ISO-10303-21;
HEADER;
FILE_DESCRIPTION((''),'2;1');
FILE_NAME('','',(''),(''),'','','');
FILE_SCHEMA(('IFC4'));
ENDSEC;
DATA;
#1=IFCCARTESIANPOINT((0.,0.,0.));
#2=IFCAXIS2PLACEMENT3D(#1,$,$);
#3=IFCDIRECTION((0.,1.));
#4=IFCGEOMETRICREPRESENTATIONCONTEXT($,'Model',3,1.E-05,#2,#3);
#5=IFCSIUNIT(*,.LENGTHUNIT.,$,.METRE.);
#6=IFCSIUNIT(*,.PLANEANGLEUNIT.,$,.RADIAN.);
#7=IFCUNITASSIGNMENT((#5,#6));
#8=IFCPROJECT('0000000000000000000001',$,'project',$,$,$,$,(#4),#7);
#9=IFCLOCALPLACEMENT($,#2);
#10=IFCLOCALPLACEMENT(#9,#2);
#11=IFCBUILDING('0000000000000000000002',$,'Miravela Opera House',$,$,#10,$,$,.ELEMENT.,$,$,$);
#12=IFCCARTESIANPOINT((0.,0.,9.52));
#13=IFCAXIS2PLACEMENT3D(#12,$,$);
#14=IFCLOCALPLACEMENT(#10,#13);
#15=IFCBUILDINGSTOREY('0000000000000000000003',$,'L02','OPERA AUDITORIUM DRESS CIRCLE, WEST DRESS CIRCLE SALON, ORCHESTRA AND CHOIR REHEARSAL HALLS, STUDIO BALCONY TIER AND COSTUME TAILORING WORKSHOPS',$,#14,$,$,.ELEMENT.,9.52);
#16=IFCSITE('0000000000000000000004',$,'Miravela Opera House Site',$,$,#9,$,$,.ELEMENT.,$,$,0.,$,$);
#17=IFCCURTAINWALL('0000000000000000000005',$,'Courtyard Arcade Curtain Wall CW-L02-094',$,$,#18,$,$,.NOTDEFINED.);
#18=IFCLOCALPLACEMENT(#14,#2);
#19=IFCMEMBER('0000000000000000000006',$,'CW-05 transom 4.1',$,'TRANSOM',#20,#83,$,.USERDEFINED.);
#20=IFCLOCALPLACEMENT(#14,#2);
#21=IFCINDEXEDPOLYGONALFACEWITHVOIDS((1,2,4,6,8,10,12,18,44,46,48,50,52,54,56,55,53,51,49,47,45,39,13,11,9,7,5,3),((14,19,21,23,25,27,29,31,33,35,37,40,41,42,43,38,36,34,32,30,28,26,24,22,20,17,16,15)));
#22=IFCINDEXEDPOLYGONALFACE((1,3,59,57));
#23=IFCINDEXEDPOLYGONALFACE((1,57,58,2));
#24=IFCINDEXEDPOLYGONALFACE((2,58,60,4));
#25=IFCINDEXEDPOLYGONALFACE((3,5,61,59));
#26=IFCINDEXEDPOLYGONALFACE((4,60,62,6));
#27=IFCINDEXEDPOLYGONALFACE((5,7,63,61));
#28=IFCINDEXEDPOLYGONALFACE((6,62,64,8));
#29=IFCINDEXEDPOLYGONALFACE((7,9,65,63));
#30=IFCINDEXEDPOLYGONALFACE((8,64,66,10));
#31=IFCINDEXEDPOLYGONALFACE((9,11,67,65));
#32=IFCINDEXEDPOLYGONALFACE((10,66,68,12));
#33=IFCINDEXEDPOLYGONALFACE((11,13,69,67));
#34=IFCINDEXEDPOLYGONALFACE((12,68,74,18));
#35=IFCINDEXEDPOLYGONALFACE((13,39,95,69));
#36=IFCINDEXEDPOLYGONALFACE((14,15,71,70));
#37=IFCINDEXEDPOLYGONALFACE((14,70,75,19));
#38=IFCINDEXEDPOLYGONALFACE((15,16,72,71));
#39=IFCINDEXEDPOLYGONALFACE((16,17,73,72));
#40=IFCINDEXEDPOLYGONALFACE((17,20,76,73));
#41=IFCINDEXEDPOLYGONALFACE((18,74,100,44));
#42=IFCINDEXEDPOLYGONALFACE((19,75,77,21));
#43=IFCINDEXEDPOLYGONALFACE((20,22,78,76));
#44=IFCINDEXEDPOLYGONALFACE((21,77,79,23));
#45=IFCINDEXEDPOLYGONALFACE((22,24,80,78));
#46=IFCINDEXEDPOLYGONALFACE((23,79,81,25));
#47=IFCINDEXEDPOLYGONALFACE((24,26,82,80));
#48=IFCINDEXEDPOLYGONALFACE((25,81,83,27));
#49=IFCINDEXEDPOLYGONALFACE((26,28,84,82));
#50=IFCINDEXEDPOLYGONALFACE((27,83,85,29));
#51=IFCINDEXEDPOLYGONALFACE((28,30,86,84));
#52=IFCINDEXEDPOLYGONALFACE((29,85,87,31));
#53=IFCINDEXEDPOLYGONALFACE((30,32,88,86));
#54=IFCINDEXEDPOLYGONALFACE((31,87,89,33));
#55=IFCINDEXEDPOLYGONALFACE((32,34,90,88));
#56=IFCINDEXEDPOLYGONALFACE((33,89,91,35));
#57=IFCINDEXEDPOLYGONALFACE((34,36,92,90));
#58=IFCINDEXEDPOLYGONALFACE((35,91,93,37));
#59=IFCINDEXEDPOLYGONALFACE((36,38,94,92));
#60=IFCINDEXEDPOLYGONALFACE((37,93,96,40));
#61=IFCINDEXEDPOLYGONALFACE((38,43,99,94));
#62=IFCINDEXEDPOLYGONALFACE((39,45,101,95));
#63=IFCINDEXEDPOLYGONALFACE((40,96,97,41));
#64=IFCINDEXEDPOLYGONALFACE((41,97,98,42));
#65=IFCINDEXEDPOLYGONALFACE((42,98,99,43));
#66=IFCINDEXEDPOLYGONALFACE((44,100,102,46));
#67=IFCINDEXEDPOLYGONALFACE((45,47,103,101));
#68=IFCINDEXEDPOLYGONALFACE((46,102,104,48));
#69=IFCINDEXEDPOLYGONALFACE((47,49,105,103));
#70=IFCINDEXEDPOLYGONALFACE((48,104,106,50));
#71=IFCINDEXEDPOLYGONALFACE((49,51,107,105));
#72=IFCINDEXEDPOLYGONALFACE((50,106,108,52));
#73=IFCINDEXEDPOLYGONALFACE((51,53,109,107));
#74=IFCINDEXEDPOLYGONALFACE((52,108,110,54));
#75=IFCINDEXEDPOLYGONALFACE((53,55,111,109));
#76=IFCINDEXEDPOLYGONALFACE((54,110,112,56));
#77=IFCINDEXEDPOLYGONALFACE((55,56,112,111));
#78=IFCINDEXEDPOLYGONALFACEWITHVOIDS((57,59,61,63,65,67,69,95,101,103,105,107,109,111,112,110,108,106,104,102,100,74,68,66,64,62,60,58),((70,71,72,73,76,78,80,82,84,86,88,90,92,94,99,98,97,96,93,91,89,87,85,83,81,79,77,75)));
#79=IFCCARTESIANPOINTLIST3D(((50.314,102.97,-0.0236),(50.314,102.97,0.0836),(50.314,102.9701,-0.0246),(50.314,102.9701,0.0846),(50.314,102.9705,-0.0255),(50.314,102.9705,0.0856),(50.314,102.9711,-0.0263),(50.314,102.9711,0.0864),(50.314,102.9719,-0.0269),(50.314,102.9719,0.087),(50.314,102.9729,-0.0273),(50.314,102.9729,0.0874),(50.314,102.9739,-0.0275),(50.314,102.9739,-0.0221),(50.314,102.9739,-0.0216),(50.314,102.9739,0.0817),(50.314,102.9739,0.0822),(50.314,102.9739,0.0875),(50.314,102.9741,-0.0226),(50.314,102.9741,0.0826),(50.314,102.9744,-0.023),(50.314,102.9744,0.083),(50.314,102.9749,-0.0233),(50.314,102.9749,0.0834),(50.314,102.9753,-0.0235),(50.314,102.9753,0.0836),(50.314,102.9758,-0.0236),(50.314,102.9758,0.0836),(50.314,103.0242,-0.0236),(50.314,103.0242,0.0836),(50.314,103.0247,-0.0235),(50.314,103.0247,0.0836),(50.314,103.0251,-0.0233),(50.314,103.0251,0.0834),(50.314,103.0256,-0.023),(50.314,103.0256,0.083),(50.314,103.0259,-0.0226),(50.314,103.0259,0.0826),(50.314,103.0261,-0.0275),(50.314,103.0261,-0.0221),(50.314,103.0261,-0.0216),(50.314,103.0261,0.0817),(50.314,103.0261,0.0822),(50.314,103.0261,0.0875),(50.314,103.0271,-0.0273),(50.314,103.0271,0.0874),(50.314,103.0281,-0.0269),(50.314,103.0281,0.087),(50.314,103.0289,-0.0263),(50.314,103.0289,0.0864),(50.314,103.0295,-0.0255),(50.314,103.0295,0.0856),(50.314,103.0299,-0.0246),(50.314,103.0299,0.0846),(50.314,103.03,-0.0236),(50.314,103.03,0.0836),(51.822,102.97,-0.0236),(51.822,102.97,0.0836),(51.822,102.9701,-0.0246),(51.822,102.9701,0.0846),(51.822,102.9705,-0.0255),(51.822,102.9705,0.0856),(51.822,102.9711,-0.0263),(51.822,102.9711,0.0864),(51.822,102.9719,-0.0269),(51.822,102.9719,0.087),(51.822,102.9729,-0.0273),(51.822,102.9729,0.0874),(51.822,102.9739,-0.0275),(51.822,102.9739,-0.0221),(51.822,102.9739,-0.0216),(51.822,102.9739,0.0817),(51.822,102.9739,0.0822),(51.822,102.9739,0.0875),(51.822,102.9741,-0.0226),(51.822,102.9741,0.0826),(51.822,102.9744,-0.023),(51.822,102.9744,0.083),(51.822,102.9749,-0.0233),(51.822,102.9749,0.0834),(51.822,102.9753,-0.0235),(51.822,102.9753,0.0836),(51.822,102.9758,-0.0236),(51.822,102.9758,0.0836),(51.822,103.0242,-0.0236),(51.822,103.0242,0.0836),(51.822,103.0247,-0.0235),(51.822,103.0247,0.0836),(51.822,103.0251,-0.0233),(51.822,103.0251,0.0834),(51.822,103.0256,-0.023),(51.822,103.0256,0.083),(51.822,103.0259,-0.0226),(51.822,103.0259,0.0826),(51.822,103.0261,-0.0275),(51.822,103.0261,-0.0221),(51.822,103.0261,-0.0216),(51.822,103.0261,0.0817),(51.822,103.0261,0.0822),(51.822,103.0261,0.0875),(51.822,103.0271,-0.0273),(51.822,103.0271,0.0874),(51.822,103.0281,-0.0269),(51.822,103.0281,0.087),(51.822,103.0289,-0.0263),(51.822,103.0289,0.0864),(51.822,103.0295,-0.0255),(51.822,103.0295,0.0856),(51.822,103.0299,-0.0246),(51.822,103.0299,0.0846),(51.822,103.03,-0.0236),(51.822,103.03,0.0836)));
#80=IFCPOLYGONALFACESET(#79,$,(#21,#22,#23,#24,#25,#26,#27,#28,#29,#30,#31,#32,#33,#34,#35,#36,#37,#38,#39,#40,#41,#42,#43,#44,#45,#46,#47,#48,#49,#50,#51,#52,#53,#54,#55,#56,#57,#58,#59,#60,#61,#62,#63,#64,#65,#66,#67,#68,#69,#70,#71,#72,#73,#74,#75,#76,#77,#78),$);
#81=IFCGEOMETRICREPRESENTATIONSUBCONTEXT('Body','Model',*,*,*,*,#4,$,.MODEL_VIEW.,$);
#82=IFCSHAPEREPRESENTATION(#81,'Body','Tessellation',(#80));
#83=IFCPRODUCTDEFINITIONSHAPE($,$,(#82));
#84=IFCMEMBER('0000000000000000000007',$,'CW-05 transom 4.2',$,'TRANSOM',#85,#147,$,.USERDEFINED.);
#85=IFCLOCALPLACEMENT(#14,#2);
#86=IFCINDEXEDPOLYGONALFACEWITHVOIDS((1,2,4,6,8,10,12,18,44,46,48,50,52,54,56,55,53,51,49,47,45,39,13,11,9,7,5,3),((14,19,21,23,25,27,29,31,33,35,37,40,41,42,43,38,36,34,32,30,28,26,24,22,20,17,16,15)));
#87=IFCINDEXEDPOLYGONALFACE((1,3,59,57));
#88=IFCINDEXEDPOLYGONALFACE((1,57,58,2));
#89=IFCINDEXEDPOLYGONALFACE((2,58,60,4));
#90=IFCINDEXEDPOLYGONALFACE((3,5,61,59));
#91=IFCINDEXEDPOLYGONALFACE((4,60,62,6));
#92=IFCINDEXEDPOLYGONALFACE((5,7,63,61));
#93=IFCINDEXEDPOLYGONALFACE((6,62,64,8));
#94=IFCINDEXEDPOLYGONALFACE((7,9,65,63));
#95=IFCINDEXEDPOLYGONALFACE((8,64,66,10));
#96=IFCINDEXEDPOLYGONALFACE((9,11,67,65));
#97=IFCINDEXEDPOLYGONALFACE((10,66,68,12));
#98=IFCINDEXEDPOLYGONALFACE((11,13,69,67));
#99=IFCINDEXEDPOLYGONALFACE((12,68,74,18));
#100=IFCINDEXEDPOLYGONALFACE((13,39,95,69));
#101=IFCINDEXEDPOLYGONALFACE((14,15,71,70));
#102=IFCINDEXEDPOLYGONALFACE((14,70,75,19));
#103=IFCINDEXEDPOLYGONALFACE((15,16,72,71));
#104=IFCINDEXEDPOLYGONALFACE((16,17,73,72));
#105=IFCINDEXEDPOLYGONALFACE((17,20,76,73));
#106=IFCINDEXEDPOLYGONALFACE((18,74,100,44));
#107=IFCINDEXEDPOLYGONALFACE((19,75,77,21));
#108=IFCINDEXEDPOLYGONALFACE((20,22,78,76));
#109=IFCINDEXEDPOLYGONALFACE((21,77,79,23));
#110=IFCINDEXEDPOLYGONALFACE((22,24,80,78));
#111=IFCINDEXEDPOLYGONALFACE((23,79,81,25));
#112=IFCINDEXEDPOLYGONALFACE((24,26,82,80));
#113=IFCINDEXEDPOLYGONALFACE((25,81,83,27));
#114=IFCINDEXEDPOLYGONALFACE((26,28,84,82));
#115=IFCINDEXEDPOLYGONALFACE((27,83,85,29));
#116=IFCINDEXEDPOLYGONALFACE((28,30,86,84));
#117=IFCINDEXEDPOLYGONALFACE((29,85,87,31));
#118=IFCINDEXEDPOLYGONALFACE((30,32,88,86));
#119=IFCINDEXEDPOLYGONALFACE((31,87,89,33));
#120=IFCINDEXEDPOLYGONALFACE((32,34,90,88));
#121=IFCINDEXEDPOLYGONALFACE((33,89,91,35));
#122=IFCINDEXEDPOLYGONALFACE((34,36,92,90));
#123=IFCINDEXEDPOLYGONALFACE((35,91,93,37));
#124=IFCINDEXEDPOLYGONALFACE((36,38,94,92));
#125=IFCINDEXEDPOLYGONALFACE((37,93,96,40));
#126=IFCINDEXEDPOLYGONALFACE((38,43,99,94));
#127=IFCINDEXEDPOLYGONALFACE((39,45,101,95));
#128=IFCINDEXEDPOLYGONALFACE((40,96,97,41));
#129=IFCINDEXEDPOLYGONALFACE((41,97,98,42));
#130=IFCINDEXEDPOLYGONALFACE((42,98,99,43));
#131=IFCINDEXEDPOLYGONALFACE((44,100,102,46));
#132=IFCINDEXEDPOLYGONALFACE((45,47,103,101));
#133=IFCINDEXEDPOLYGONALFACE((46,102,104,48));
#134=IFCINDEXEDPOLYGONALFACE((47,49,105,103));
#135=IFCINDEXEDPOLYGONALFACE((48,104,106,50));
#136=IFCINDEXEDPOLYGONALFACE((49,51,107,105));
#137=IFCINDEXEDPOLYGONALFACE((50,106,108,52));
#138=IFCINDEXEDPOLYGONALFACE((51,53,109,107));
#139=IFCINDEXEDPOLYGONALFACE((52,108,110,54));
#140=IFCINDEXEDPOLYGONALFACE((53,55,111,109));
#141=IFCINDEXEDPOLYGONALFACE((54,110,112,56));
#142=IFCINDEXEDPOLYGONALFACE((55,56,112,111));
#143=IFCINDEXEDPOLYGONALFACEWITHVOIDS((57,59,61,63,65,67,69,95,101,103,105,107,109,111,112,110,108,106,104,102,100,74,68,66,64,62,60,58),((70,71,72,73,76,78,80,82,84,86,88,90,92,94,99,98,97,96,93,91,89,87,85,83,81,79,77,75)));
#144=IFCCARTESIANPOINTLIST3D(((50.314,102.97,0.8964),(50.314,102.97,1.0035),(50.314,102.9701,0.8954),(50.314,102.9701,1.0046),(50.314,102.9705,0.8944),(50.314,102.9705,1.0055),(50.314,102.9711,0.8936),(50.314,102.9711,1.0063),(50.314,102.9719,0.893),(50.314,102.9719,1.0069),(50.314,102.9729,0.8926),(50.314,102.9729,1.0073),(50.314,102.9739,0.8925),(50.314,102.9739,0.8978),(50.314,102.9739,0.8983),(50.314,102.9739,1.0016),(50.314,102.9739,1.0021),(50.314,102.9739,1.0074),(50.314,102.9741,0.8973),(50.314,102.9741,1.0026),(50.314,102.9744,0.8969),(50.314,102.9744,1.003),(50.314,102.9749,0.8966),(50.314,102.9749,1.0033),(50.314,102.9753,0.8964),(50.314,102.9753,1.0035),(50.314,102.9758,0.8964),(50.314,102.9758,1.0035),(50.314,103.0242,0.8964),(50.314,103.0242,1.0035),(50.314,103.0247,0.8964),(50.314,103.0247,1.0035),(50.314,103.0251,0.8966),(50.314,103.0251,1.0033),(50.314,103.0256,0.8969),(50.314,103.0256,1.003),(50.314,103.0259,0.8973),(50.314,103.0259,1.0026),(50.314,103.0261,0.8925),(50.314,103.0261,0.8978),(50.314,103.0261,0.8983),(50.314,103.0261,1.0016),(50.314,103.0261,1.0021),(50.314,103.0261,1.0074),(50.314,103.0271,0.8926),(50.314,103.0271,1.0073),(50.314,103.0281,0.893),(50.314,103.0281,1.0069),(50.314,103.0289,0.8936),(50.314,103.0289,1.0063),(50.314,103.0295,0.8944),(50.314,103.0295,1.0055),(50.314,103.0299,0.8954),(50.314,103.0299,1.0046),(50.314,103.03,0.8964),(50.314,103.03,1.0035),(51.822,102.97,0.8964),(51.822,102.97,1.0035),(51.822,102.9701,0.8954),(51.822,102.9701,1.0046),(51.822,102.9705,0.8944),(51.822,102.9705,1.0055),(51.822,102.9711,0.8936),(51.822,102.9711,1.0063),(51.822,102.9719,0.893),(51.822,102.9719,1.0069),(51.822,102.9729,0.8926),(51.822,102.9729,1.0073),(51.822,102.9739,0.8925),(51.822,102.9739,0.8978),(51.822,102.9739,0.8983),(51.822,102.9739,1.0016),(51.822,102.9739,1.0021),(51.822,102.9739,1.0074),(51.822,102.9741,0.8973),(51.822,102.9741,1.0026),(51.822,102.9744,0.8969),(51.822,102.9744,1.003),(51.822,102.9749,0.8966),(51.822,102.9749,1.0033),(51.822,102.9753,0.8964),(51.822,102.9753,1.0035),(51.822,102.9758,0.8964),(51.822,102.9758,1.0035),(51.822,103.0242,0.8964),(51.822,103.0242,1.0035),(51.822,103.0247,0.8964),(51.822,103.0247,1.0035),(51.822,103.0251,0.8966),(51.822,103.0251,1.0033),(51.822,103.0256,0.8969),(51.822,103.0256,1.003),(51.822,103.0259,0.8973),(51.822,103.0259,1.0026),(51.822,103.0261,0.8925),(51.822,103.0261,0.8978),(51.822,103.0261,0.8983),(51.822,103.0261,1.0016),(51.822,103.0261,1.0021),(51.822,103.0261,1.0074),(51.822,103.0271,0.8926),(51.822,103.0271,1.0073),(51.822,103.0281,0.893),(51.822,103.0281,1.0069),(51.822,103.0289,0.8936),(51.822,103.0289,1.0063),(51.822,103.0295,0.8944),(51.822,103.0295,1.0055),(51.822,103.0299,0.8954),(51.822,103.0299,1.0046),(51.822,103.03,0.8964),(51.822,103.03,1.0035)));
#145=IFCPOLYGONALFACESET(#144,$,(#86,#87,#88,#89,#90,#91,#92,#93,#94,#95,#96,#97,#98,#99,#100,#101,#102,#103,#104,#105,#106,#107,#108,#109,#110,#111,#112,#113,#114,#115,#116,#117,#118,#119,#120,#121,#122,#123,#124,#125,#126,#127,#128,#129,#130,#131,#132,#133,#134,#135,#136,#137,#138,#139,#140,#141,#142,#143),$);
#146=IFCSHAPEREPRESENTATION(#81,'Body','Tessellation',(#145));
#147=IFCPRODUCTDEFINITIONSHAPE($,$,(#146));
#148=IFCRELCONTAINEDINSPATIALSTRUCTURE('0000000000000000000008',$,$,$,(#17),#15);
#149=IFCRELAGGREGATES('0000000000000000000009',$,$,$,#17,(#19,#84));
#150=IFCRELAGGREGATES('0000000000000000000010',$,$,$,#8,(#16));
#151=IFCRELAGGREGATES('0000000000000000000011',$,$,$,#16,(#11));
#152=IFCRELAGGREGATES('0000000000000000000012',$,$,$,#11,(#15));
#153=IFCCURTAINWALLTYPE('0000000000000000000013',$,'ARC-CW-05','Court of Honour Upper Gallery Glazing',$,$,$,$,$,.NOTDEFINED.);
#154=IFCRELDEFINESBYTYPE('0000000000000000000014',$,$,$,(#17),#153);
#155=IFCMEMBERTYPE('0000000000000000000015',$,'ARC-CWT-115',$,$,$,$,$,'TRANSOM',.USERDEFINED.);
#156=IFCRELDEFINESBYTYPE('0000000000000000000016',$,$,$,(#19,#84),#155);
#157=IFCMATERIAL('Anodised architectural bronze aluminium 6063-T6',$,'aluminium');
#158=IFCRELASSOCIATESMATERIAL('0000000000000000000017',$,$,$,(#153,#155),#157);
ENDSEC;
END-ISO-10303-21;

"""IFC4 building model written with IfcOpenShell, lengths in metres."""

from ifc_helpers import new_model, si_unit, direction, frame, origin, origin_2d, place, context, subcontext, project, spatial, hollow_rectangle, extrude, material, material_profile, profile_set, type_object, element, aggregate, save


model = new_model("IFC4")

# Units and contexts
model_context = context("Model", 3, precision=1e-05, world=origin(), true_north=direction((0.0, 1.0)))
body_context = subcontext(model_context, "Body", "Model", "MODEL_VIEW")
ifc_project = project(units=[si_unit("LENGTHUNIT", "METRE"), si_unit("PLANEANGLEUNIT", "RADIAN")], contexts=[model_context])

# Site, building, storey
site_placement = place(None, origin())
site = spatial("IfcSite", under=ifc_project, at=site_placement, Name="Miravela Opera House Site", CompositionType="ELEMENT", RefElevation=0.0)
building_placement = place(site_placement, origin())
building = spatial("IfcBuilding", under=site, at=building_placement, Name="Miravela Opera House", CompositionType="ELEMENT")
storey_placement = place(building_placement, frame((0.0, 0.0, 9.52)))
storey = spatial("IfcBuildingStorey", under=building, at=storey_placement, Name="L02", Description="OPERA AUDITORIUM DRESS CIRCLE, WEST DRESS CIRCLE SALON, ORCHESTRA AND CHOIR REHEARSAL HALLS, STUDIO BALCONY TIER AND COSTUME TAILORING WORKSHOPS", CompositionType="ELEMENT", Elevation=9.52)

# Curtain wall, members
ifc_material_1 = material(Name="Anodised architectural bronze aluminium 6063-T6", Category="aluminium")
curtain_wall_type = type_object("IfcCurtainWallType", Name="ARC-CW-05", Description="Court of Honour Upper Gallery Glazing", PredefinedType="NOTDEFINED", material=ifc_material_1)
curtain_wall_placement = place(storey_placement, origin())
curtain_wall = element("IfcCurtainWall", 1, at=curtain_wall_placement, inside=storey, type_object=curtain_wall_type, Name="Courtyard Arcade Curtain Wall CW-L02-094", PredefinedType="NOTDEFINED")
ifc_material_profile_1 = material_profile(ifc_material_1, hollow_rectangle(XDim=0.0601, YDim=0.115, WallThickness=0.0039, InnerFilletRadius=0.002, OuterFilletRadius=0.0039, at=origin_2d()), Name="CWT-60X115")
ifc_profile_set_1 = profile_set([ifc_material_profile_1])
member_type_1 = type_object("IfcMemberType", Name="ARC-CWT-115", ElementType="TRANSOM", PredefinedType="USERDEFINED", material=ifc_profile_set_1)
member_1_placement = place(storey_placement, frame((50.314, 103.0, 0.03), z_axis=(1.0, 0.0, 0.0), x_axis=(0.0, 1.0, 0.0)))
member_1 = element("IfcMember", 2, at=member_1_placement, type_object=member_type_1, Name="CW-05 transom 4.1", ObjectType="TRANSOM", PredefinedType="USERDEFINED", context=body_context, shape_type="SweptSolid", body=[
    extrude(hollow_rectangle(XDim=0.0601, YDim=0.115, WallThickness=0.0039, InnerFilletRadius=0.002, OuterFilletRadius=0.0039, at=origin_2d()), origin(), (0.0, 0.0, 1.0), 1.5081),
])
member_2_placement = place(storey_placement, frame((50.314, 103.0, 0.95), z_axis=(1.0, 0.0, 0.0), x_axis=(0.0, 1.0, 0.0)))
member_2 = element("IfcMember", 3, at=member_2_placement, type_object=member_type_1, Name="CW-05 transom 4.2", ObjectType="TRANSOM", PredefinedType="USERDEFINED", context=body_context, shape_type="SweptSolid", body=[
    extrude(hollow_rectangle(XDim=0.0601, YDim=0.115, WallThickness=0.0039, InnerFilletRadius=0.002, OuterFilletRadius=0.0039, at=origin_2d()), origin(), (0.0, 0.0, 1.0), 1.5081),
])
aggregate(curtain_wall, [member_1, member_2])

save(model, "model.ifc")
